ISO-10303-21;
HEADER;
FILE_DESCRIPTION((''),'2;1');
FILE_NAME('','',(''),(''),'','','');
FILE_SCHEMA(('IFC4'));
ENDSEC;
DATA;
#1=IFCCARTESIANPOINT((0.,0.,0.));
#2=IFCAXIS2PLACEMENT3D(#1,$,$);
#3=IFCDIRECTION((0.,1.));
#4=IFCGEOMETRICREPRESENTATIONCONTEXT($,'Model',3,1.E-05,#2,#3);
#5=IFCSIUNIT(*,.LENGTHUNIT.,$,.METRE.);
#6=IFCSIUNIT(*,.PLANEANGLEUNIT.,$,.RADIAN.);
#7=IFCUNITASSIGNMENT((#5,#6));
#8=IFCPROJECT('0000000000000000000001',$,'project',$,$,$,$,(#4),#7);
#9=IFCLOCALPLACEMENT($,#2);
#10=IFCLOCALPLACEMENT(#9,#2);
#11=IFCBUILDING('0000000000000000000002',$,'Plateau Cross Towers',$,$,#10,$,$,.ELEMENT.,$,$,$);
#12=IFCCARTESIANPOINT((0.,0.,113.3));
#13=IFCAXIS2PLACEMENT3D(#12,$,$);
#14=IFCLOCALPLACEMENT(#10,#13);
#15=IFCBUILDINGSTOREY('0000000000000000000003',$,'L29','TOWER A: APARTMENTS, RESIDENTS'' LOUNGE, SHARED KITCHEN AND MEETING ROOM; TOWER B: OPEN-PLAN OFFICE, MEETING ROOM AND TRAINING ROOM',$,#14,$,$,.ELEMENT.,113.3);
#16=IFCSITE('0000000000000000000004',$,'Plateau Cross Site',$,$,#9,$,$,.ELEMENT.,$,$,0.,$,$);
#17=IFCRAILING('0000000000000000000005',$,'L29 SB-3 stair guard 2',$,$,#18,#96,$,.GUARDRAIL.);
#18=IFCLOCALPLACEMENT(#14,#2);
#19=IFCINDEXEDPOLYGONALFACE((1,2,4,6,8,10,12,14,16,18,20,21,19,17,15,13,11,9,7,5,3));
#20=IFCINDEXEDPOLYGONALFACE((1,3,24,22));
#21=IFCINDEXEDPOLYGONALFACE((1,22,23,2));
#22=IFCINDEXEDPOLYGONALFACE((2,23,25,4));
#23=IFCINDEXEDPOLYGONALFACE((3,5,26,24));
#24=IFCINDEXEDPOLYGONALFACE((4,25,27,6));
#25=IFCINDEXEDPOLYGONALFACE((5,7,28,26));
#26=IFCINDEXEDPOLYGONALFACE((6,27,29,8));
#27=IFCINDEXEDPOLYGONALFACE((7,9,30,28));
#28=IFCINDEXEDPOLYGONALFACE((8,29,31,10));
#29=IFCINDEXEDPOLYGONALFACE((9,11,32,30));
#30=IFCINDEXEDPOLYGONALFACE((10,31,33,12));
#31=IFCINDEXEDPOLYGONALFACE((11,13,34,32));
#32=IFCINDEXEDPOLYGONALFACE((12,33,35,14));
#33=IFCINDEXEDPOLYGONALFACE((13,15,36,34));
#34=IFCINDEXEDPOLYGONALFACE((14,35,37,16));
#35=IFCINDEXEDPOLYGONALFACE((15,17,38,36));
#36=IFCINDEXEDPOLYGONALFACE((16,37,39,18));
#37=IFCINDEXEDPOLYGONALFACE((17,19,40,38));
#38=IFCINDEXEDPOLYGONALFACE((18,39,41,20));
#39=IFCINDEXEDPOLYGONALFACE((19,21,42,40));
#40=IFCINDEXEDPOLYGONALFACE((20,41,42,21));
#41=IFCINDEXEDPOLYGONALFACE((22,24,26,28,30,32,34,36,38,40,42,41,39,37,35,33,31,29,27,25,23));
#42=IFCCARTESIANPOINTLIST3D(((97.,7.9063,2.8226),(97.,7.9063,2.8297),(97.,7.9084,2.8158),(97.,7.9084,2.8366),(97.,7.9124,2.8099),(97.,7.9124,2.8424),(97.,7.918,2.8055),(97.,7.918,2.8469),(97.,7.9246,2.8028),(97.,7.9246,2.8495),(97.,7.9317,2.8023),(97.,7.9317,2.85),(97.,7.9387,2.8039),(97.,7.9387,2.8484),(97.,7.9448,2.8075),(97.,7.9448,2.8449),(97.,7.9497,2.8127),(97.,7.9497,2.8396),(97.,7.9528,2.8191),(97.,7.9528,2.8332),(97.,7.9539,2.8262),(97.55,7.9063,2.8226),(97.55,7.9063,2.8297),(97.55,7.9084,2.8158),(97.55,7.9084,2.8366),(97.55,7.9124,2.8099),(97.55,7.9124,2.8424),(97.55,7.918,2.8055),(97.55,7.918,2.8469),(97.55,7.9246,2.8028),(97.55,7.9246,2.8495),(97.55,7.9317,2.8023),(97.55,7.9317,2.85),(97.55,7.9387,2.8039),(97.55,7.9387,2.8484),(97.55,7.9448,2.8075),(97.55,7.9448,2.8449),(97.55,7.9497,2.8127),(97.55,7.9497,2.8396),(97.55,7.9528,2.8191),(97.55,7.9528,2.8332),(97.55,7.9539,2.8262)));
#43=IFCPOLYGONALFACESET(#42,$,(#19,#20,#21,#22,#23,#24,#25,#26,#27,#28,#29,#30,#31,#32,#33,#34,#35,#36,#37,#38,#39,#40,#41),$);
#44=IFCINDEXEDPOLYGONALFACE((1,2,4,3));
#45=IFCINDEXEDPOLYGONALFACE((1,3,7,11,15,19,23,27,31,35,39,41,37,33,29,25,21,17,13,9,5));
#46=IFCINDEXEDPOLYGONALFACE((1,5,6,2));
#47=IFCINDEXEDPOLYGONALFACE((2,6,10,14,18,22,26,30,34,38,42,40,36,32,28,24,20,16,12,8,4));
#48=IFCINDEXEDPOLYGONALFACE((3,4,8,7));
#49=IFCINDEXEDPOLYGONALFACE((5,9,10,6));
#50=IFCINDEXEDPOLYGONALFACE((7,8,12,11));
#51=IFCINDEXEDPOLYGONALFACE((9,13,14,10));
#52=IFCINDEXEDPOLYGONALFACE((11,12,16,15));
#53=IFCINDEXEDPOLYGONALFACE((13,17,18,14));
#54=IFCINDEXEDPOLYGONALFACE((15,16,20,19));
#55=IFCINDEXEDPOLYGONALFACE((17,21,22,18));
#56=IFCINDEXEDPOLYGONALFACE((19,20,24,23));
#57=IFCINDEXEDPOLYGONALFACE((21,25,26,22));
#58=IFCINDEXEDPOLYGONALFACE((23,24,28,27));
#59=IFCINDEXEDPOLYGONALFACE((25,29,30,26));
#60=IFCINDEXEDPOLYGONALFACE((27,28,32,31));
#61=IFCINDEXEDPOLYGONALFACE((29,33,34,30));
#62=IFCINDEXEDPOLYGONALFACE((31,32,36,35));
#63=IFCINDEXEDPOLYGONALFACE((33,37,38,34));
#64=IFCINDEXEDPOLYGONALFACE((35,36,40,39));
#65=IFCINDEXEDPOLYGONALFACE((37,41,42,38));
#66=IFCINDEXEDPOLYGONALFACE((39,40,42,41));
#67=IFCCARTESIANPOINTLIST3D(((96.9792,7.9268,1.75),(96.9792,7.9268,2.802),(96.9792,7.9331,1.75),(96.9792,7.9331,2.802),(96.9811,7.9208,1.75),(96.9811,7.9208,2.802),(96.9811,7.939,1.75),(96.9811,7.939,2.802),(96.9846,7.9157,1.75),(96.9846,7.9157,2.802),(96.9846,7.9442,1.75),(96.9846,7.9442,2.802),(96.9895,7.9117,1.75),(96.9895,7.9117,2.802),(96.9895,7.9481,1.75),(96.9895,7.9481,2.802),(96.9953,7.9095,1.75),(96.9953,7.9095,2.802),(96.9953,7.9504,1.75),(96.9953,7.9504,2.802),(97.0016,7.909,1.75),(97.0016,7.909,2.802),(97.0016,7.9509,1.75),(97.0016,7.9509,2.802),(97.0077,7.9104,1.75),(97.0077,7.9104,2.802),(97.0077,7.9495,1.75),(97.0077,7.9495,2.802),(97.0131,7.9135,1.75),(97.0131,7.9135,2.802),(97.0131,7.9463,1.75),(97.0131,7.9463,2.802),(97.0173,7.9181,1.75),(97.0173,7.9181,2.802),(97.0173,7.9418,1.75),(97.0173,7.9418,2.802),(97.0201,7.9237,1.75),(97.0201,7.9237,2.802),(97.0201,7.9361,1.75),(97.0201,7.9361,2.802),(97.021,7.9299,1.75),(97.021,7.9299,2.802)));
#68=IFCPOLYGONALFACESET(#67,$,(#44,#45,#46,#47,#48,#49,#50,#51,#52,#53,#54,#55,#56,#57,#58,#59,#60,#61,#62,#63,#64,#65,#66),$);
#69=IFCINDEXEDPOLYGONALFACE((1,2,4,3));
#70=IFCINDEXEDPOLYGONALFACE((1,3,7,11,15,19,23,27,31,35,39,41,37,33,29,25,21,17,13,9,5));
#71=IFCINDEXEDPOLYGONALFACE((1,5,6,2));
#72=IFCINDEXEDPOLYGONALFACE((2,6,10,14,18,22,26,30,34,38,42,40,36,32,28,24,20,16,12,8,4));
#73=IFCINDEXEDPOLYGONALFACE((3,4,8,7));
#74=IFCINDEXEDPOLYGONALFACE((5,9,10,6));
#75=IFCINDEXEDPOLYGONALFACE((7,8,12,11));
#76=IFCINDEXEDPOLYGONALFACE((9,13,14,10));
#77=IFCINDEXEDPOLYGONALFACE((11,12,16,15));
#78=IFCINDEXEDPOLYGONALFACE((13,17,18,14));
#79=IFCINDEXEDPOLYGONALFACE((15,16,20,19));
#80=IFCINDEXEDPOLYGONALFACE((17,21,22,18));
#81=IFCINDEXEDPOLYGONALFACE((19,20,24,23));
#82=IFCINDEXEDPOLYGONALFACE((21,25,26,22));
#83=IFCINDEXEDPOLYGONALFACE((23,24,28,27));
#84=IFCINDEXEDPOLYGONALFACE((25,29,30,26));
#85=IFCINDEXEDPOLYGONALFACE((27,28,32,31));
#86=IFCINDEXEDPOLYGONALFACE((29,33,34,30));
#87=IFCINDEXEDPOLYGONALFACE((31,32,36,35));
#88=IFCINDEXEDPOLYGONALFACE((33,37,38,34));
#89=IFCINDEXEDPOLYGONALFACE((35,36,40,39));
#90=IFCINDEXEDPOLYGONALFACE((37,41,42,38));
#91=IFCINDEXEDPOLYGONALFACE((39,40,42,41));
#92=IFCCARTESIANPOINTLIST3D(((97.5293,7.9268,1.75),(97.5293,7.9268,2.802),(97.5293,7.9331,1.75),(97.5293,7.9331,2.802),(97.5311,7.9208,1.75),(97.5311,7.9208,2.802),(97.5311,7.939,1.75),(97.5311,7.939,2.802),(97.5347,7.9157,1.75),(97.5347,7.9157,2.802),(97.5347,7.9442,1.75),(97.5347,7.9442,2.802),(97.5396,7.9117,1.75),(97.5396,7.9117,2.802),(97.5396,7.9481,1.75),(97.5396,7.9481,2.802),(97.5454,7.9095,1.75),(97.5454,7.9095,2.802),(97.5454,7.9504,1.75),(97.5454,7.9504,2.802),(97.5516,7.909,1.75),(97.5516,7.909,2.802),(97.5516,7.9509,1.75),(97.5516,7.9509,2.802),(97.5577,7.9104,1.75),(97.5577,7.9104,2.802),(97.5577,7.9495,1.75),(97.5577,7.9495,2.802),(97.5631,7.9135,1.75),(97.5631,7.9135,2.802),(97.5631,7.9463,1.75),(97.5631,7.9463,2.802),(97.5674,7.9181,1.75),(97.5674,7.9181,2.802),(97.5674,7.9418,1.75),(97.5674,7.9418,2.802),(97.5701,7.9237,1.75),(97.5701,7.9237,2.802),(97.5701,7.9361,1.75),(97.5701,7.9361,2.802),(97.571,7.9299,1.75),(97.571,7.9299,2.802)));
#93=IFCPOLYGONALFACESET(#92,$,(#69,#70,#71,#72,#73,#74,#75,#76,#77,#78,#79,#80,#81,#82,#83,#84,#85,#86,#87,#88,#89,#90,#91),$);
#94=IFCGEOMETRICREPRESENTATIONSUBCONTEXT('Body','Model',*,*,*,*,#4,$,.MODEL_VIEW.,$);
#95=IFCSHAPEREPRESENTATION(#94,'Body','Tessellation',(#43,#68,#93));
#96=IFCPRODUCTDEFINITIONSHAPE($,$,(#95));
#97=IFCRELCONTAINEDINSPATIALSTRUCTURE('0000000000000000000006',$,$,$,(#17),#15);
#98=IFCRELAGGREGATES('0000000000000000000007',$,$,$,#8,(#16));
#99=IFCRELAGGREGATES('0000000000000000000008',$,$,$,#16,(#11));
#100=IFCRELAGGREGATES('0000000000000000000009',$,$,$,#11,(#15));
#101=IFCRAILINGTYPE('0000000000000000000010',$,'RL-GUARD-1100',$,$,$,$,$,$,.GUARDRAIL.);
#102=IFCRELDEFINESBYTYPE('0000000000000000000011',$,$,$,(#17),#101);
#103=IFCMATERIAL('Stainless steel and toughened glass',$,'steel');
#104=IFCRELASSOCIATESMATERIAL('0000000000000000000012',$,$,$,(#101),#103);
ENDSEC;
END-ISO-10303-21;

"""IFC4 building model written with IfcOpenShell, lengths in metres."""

from ifc_helpers import new_model, si_unit, direction, frame, origin, origin_2d, place, context, subcontext, project, spatial, circle, extrude, material, type_object, element, save


model = new_model("IFC4")

# Units and contexts
model_context = context("Model", 3, precision=1e-05, world=origin(), true_north=direction((0.0, 1.0)))
body_context = subcontext(model_context, "Body", "Model", "MODEL_VIEW")
ifc_project = project(units=[si_unit("LENGTHUNIT", "METRE"), si_unit("PLANEANGLEUNIT", "RADIAN")], contexts=[model_context])

# Site, building, storey
site_placement = place(None, origin())
site = spatial("IfcSite", under=ifc_project, at=site_placement, Name="Plateau Cross Site", CompositionType="ELEMENT", RefElevation=0.0)
building_placement = place(site_placement, origin())
building = spatial("IfcBuilding", under=site, at=building_placement, Name="Plateau Cross Towers", CompositionType="ELEMENT")
storey_placement = place(building_placement, frame((0.0, 0.0, 113.3)))
storey = spatial("IfcBuildingStorey", under=building, at=storey_placement, Name="L29", Description="TOWER A: APARTMENTS, RESIDENTS' LOUNGE, SHARED KITCHEN AND MEETING ROOM; TOWER B: OPEN-PLAN OFFICE, MEETING ROOM AND TRAINING ROOM", CompositionType="ELEMENT", Elevation=113.3)

# Railing
ifc_material_1 = material(Name="Stainless steel and toughened glass", Category="steel")
railing_type_1 = type_object("IfcRailingType", Name="RL-GUARD-1100", PredefinedType="GUARDRAIL", material=ifc_material_1)
railing_1_placement = place(storey_placement, frame((97.0, 7.9299, 1.75)))
element("IfcRailing", 1, at=railing_1_placement, inside=storey, type_object=railing_type_1, Name="L29 SB-3 stair guard 2", PredefinedType="GUARDRAIL", context=body_context, shape_type="SweptSolid", body=[
    extrude(circle(Radius=0.0239, at=origin_2d()), frame((0.0, 0.0, 1.0762), z_axis=(1.0, 0.0, 0.0), x_axis=(0.0, 1.0, 0.0)), (0.0, 0.0, 1.0), 0.55),
    extrude(circle(Radius=0.021, at=origin_2d()), origin(), (0.0, 0.0, 1.0), 1.052),
    extrude(circle(Radius=0.021, at=origin_2d()), frame((0.55, 0.0, 0.0)), (0.0, 0.0, 1.0), 1.052),
])

save(model, "model.ifc")
